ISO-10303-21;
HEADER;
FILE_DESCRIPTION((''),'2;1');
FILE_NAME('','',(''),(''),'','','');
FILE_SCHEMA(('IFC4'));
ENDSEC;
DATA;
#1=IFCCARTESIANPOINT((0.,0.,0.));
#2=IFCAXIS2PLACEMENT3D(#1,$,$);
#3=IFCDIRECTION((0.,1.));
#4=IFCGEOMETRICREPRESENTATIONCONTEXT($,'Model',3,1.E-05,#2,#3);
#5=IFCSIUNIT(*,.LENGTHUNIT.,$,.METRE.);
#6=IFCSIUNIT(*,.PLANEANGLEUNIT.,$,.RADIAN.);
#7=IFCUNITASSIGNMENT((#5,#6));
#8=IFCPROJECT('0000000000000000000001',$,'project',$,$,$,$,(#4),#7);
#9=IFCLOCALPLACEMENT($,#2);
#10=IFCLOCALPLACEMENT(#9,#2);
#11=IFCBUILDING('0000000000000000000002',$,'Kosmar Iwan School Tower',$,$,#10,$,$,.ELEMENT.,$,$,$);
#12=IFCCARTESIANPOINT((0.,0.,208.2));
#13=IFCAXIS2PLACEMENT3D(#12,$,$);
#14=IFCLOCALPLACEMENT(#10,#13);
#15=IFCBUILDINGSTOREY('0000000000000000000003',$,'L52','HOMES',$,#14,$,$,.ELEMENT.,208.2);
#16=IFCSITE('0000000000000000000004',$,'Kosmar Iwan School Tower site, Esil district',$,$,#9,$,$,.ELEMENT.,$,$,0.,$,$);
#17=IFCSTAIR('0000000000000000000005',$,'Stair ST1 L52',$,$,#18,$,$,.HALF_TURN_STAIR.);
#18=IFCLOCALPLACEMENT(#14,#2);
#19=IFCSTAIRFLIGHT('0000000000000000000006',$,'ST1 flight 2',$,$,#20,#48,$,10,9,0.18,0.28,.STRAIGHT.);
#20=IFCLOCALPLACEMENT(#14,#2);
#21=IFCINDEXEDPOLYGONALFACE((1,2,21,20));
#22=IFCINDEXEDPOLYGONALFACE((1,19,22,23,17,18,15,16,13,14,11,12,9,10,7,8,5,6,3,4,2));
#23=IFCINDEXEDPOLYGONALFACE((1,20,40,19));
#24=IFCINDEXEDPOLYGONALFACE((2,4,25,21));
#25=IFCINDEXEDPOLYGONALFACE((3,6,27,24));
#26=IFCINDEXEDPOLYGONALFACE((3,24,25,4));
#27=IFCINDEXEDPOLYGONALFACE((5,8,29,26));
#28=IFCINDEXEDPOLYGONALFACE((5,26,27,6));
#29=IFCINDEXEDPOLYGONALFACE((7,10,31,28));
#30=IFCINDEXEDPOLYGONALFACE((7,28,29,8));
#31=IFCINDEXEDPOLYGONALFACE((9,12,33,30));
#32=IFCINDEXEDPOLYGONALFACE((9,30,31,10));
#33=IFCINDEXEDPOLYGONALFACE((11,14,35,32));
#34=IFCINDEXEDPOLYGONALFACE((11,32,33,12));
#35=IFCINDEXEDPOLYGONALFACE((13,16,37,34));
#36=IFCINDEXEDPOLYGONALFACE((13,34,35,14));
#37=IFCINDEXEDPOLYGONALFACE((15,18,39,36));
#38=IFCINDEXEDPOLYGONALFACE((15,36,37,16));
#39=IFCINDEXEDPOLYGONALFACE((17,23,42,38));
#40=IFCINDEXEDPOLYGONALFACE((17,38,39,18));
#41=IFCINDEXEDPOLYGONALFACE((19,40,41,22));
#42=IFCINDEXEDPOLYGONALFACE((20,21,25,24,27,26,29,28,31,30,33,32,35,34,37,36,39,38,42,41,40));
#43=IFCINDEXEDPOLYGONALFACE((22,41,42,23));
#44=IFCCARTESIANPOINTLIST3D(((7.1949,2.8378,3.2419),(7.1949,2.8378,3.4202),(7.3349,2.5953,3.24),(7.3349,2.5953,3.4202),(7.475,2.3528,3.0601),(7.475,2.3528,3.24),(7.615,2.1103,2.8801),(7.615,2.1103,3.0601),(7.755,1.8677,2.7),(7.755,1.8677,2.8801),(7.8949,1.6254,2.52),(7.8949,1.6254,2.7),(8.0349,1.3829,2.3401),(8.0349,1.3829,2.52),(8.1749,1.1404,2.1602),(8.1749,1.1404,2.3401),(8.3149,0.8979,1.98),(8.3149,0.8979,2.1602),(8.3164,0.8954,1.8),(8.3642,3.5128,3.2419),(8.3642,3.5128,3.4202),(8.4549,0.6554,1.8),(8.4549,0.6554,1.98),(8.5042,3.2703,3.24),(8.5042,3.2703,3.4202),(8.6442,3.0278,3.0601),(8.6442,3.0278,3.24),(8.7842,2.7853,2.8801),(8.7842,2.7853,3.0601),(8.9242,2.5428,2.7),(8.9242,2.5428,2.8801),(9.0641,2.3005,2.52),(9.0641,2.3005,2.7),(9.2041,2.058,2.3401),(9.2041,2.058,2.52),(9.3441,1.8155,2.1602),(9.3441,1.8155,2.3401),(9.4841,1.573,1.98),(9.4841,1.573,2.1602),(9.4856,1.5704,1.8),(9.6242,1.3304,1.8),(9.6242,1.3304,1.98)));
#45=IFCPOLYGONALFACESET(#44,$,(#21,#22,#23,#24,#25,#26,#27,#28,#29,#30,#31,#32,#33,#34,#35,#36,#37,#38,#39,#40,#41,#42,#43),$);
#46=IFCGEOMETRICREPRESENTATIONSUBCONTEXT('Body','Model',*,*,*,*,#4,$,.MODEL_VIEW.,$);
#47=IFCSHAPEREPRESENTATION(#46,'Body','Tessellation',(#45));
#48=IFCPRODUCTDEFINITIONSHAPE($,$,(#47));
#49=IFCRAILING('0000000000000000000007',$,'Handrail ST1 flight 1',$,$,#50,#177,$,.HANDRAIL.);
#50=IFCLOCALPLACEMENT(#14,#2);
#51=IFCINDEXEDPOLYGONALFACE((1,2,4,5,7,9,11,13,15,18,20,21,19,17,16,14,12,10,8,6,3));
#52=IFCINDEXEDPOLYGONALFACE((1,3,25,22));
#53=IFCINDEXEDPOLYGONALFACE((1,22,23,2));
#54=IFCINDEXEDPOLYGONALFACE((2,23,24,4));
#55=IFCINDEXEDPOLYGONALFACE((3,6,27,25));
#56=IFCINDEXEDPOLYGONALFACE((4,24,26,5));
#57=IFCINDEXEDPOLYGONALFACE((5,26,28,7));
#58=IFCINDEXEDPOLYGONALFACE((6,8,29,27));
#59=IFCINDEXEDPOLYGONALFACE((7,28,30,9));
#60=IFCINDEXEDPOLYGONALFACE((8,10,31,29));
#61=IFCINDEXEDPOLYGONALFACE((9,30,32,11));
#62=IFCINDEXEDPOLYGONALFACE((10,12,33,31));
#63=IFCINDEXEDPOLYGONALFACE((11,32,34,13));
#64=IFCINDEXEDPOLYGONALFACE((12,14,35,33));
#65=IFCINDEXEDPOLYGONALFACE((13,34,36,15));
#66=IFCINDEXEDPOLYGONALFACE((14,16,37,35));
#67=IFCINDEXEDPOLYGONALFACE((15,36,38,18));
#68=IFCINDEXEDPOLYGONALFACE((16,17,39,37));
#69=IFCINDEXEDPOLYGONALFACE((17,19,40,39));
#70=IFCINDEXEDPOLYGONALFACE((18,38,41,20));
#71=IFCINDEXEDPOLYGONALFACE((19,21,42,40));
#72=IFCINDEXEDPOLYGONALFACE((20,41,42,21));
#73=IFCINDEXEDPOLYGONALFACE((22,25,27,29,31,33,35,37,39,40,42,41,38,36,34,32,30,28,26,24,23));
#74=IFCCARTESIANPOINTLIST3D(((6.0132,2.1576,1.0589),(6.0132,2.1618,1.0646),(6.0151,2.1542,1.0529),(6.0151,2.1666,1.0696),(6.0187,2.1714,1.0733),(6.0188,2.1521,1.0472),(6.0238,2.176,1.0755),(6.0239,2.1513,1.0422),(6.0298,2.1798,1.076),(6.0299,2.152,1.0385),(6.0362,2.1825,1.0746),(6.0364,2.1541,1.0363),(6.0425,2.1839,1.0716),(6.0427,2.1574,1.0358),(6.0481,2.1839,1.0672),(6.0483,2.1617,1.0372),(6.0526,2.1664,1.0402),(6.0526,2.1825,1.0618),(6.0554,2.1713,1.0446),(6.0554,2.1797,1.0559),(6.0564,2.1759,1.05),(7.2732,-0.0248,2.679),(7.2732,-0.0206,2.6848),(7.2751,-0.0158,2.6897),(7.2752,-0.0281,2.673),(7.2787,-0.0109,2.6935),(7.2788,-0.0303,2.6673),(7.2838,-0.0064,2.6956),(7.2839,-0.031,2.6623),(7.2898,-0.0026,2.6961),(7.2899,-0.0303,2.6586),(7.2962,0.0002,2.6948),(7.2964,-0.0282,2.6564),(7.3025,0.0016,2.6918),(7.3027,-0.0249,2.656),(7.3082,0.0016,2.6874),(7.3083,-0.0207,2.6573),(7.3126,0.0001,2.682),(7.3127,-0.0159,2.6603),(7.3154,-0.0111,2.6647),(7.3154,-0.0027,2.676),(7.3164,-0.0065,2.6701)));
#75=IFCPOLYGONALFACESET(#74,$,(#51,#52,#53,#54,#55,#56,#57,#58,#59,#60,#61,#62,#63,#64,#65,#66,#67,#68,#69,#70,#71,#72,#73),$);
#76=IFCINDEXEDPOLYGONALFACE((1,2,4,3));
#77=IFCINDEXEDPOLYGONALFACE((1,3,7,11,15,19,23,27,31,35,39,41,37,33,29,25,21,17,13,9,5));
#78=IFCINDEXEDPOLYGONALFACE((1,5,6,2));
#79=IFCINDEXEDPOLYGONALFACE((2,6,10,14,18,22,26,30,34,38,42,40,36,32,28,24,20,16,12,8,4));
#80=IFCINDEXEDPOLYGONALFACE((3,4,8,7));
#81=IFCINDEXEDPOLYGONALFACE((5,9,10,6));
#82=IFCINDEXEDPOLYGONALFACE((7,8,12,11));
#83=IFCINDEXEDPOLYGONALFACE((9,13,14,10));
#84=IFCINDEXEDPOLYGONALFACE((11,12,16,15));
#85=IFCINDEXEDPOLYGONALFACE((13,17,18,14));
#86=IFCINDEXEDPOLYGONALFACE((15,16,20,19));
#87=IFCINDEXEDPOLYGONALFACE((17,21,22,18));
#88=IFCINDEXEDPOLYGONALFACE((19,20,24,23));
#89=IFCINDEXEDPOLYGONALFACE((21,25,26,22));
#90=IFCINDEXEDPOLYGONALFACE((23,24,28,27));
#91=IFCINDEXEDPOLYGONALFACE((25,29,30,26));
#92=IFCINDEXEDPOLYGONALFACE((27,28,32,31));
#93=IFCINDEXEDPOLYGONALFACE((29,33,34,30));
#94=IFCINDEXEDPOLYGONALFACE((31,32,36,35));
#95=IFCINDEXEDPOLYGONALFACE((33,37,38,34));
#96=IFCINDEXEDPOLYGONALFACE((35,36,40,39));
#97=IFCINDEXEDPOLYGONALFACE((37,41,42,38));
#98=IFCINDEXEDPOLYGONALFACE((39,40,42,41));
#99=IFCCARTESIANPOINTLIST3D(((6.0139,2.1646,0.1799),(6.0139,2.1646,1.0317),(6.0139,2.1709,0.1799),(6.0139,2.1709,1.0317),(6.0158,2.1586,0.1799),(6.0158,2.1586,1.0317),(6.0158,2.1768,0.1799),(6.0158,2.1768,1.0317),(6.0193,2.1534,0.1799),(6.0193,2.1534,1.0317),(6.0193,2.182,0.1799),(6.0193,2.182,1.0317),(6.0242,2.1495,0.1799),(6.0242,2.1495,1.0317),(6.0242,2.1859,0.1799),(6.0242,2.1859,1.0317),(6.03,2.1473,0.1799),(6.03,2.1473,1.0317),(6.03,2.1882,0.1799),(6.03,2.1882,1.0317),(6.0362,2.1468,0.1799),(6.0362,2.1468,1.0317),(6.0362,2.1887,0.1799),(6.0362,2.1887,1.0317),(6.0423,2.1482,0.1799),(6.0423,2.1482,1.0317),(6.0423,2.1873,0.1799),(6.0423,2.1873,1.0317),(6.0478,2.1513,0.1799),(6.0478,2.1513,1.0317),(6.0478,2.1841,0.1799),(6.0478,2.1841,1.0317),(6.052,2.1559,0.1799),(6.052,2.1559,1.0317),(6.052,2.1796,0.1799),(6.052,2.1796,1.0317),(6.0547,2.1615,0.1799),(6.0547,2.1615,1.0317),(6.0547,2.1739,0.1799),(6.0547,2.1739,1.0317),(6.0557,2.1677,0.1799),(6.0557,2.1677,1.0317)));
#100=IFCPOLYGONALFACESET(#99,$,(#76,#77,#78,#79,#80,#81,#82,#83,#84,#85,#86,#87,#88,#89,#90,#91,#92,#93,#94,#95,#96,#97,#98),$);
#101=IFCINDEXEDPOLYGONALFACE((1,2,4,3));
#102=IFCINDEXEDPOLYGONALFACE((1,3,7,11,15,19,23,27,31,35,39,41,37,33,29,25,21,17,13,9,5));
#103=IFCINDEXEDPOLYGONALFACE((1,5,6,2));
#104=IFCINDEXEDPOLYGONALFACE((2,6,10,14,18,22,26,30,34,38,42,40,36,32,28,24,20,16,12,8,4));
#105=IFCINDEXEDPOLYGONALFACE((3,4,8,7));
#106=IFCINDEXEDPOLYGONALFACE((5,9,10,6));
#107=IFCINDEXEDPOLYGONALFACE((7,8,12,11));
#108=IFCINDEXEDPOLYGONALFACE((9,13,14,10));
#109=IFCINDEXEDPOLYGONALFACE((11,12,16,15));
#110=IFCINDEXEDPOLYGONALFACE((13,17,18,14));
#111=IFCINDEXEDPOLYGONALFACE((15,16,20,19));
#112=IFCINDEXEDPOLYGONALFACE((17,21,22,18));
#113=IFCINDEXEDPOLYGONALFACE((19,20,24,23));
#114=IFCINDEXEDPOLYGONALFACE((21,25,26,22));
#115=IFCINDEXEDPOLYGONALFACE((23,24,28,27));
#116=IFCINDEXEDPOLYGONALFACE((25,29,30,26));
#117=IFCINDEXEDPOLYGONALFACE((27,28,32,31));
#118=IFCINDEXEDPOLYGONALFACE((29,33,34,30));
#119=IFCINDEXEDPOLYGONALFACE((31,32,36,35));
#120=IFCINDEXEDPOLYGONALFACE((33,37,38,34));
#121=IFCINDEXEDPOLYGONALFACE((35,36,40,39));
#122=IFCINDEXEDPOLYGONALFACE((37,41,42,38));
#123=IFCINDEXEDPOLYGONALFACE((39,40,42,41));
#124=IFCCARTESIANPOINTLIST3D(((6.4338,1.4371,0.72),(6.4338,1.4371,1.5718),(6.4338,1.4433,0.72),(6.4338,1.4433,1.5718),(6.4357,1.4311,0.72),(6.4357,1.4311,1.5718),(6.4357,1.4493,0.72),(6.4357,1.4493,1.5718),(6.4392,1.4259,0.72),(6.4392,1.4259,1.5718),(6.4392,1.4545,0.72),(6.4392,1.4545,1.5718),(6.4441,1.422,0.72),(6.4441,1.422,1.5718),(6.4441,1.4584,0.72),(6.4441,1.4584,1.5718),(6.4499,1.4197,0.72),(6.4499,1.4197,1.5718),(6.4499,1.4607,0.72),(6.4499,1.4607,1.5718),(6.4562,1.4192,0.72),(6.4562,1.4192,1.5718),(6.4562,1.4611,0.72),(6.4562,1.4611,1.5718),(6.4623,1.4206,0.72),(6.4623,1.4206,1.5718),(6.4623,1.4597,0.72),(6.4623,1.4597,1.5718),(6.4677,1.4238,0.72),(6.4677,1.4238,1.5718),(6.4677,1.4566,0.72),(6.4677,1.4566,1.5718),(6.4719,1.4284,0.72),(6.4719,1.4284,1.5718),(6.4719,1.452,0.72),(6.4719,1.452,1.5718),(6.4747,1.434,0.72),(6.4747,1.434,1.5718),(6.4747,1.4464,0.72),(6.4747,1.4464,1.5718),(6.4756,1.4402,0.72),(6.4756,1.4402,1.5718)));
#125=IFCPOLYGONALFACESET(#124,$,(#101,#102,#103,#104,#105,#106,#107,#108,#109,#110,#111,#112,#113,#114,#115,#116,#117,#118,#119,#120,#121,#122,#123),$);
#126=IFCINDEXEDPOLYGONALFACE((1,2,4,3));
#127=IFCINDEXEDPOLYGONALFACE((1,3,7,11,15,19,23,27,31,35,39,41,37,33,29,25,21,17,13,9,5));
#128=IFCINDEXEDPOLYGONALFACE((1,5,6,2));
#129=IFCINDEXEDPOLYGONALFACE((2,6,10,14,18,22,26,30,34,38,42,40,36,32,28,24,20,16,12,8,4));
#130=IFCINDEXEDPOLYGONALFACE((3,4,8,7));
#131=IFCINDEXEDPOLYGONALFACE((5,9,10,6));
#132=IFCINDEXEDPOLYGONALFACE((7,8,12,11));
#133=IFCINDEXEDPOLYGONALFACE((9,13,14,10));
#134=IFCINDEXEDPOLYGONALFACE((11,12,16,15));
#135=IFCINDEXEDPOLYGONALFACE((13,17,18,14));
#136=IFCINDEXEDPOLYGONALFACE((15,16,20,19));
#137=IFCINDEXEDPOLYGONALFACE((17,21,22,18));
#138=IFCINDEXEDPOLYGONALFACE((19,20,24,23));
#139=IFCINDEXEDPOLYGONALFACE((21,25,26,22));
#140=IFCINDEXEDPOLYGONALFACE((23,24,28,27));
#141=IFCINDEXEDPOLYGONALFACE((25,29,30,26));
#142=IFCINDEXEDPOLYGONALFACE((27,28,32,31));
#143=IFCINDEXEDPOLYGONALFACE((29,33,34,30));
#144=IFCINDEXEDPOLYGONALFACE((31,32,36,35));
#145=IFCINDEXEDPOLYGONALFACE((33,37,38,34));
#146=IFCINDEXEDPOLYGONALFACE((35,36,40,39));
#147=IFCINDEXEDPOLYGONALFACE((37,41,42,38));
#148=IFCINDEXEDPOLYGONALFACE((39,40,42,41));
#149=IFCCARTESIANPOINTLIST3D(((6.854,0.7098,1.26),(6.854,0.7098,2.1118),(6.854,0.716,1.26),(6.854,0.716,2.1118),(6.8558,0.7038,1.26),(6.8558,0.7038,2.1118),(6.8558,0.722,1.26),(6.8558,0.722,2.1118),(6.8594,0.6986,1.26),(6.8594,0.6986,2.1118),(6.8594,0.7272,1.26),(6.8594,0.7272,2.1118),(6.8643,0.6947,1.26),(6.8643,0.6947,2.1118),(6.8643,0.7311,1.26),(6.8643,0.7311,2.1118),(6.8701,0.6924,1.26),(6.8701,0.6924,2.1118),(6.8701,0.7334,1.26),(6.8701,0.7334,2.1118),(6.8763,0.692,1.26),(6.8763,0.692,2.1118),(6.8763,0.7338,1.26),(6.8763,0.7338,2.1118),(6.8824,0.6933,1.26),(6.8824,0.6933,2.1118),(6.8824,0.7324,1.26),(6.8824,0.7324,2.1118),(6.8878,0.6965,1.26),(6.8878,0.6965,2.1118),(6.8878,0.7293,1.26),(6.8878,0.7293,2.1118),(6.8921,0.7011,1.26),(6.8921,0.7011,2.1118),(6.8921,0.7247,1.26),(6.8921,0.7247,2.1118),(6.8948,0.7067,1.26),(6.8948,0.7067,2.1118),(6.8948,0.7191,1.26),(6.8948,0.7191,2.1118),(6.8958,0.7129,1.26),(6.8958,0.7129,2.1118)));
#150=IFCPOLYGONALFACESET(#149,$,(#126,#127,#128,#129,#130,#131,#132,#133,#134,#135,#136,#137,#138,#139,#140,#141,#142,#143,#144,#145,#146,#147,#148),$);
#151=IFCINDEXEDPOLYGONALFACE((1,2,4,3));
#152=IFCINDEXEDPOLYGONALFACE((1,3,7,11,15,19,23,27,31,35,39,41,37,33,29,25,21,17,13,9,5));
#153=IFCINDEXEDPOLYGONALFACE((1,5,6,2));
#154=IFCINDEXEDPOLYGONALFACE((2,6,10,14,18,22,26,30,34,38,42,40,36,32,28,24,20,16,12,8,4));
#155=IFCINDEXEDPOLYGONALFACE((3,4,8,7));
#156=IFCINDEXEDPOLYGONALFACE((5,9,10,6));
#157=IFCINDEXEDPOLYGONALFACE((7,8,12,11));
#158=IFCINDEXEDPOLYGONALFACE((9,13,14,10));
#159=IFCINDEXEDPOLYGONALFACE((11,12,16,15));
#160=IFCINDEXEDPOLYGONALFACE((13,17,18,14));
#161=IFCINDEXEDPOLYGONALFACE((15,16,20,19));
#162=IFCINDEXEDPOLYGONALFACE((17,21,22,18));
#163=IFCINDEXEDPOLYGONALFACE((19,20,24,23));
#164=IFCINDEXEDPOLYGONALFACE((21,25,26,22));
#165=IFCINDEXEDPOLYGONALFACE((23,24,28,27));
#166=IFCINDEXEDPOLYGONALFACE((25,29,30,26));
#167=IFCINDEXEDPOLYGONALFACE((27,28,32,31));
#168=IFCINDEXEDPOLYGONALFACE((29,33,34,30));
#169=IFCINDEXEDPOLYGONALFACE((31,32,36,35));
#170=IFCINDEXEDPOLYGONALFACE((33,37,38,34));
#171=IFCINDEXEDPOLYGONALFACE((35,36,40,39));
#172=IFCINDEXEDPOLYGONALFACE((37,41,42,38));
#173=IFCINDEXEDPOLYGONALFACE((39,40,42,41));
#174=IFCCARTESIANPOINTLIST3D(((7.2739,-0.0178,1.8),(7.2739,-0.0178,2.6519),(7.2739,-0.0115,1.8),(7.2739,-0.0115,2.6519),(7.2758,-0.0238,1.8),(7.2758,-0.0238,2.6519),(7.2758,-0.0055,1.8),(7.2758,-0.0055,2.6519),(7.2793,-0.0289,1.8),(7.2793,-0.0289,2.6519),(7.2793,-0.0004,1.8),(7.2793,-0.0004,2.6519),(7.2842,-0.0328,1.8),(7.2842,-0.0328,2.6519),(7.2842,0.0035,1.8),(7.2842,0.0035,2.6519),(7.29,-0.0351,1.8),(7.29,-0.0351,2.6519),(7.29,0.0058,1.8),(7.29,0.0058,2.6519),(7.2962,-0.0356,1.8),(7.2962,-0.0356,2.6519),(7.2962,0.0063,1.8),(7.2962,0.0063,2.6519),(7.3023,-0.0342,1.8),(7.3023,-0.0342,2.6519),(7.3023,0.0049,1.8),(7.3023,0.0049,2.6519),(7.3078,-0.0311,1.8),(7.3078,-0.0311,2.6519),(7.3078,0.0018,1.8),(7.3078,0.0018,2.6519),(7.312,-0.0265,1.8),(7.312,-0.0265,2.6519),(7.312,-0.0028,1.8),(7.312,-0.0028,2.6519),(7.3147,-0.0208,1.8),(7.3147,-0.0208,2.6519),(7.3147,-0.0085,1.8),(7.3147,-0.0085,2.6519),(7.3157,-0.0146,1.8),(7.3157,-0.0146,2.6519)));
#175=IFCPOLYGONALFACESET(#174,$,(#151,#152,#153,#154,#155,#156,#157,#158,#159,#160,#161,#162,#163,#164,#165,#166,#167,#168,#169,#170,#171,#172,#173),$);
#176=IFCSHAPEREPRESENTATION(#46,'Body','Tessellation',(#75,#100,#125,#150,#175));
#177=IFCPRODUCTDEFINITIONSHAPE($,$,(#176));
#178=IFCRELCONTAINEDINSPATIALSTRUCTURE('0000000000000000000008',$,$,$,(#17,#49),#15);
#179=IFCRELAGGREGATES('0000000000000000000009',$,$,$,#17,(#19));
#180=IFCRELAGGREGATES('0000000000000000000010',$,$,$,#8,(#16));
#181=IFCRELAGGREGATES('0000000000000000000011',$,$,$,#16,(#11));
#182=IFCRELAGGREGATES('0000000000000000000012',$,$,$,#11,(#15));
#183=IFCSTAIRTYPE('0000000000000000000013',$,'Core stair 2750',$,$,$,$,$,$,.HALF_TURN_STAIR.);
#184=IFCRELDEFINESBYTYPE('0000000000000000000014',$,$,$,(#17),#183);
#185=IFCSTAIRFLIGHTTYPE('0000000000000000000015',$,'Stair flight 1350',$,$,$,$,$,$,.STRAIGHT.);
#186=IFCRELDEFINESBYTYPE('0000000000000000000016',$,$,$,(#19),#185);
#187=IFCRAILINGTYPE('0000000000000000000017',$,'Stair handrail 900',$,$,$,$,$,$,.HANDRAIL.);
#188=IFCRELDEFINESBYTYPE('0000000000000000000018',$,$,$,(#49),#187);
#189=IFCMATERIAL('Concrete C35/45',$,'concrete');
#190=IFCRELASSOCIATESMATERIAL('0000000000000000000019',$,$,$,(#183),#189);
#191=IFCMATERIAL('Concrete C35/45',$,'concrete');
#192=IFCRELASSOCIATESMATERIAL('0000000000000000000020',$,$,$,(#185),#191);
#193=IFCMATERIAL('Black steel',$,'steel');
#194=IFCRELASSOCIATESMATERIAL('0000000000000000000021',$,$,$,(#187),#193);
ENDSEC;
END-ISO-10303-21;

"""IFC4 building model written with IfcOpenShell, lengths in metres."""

from ifc_helpers import new_model, si_unit, direction, frame, origin, origin_2d, place, context, subcontext, project, spatial, polyline, circle, outline, extrude, material, type_object, element, aggregate, save


model = new_model("IFC4")

# Units and contexts
model_context = context("Model", 3, precision=1e-05, world=origin(), true_north=direction((0.0, 1.0)))
body_context = subcontext(model_context, "Body", "Model", "MODEL_VIEW")
ifc_project = project(units=[si_unit("LENGTHUNIT", "METRE"), si_unit("PLANEANGLEUNIT", "RADIAN")], contexts=[model_context])

# Site, building, storey
site_placement = place(None, origin())
site = spatial("IfcSite", under=ifc_project, at=site_placement, Name="Kosmar Iwan School Tower site, Esil district", CompositionType="ELEMENT", RefElevation=0.0)
building_placement = place(site_placement, origin())
building = spatial("IfcBuilding", under=site, at=building_placement, Name="Kosmar Iwan School Tower", CompositionType="ELEMENT")
storey_placement = place(building_placement, frame((0.0, 0.0, 208.2)))
storey = spatial("IfcBuildingStorey", under=building, at=storey_placement, Name="L52", Description="HOMES", CompositionType="ELEMENT", Elevation=208.2)

# Stair, stair flight
ifc_material_1 = material(Name="Concrete C35/45", Category="concrete")
stair_type = type_object("IfcStairType", Name="Core stair 2750", PredefinedType="HALF_TURN_STAIR", material=ifc_material_1)
stair_placement = place(storey_placement, origin())
stair = element("IfcStair", 1, at=stair_placement, inside=storey, type_object=stair_type, Name="Stair ST1 L52", PredefinedType="HALF_TURN_STAIR")
ifc_material_2 = material(Name="Concrete C35/45", Category="concrete")
stair_flight_type = type_object("IfcStairFlightType", Name="Stair flight 1350", PredefinedType="STRAIGHT", material=ifc_material_2)
stair_flight_1_placement = place(storey_placement, frame((9.0396, 0.9929, 1.8), z_axis=(0.0, 0.0, 1.0), x_axis=(-0.5, 0.866025, 0.0)))
stair_flight_1 = element("IfcStairFlight", 2, at=stair_flight_1_placement, type_object=stair_flight_type, Name="ST1 flight 2", NumberOfRisers=10, NumberOfTreads=9, PredefinedType="STRAIGHT", RiserHeight=0.18, TreadLength=0.28, context=body_context, shape_type="SweptSolid", body=[
    extrude(outline(polyline([(0.0, 0.0), (0.0, 0.1799), (0.28, 0.1799), (0.28, 0.3601), (0.5601, 0.3601), (0.5601, 0.54), (0.8401, 0.54), (0.8401, 0.72), (1.1201, 0.72), (1.1201, 0.8999), (1.3999, 0.8999), (1.3999, 1.0801), (1.6799, 1.0801), (1.6799, 1.26), (1.96, 1.26), (1.96, 1.4399), (2.24, 1.4399), (2.24, 1.6201), (2.52, 1.6201), (2.52, 1.8), (2.52, 1.4419), (0.2771, 0.0), (0.0, 0.0)])), frame((0.0, 0.675, 0.0), z_axis=(0.0, -1.0, 0.0), x_axis=(1.0, 0.0, 0.0)), (0.0, 0.0, 1.0), 1.3501),
])
aggregate(stair, [stair_flight_1])

# Railing
ifc_material_3 = material(Name="Black steel", Category="steel")
railing_type = type_object("IfcRailingType", Name="Stair handrail 900", PredefinedType="HANDRAIL", material=ifc_material_3)
railing_1_placement = place(storey_placement, frame((6.0347, 2.1677, 0.1799)))
element("IfcRailing", 3, at=railing_1_placement, inside=storey, type_object=railing_type, Name="Handrail ST1 flight 1", PredefinedType="HANDRAIL", context=body_context, shape_type="SweptSolid", body=[
    extrude(circle(Radius=0.0239, at=origin_2d()), frame((0.0, 0.0, 0.876), z_axis=(0.420584, -0.728464, 0.540786), x_axis=(0.866023, 0.500005, 0.0)), (0.0, 0.0, 1.0), 2.9958),
    extrude(circle(Radius=0.021, at=origin_2d()), origin(), (0.0, 0.0, 1.0), 0.8518),
    extrude(circle(Radius=0.021, at=origin_2d()), frame((0.4199, -0.7275, 0.54)), (0.0, 0.0, 1.0), 0.8518),
    extrude(circle(Radius=0.021, at=origin_2d()), frame((0.8401, -1.4548, 1.0801)), (0.0, 0.0, 1.0), 0.8518),
    extrude(circle(Radius=0.021, at=origin_2d()), frame((1.26, -2.1824, 1.6201)), (0.0, 0.0, 1.0), 0.8518),
])

save(model, "model.ifc")
